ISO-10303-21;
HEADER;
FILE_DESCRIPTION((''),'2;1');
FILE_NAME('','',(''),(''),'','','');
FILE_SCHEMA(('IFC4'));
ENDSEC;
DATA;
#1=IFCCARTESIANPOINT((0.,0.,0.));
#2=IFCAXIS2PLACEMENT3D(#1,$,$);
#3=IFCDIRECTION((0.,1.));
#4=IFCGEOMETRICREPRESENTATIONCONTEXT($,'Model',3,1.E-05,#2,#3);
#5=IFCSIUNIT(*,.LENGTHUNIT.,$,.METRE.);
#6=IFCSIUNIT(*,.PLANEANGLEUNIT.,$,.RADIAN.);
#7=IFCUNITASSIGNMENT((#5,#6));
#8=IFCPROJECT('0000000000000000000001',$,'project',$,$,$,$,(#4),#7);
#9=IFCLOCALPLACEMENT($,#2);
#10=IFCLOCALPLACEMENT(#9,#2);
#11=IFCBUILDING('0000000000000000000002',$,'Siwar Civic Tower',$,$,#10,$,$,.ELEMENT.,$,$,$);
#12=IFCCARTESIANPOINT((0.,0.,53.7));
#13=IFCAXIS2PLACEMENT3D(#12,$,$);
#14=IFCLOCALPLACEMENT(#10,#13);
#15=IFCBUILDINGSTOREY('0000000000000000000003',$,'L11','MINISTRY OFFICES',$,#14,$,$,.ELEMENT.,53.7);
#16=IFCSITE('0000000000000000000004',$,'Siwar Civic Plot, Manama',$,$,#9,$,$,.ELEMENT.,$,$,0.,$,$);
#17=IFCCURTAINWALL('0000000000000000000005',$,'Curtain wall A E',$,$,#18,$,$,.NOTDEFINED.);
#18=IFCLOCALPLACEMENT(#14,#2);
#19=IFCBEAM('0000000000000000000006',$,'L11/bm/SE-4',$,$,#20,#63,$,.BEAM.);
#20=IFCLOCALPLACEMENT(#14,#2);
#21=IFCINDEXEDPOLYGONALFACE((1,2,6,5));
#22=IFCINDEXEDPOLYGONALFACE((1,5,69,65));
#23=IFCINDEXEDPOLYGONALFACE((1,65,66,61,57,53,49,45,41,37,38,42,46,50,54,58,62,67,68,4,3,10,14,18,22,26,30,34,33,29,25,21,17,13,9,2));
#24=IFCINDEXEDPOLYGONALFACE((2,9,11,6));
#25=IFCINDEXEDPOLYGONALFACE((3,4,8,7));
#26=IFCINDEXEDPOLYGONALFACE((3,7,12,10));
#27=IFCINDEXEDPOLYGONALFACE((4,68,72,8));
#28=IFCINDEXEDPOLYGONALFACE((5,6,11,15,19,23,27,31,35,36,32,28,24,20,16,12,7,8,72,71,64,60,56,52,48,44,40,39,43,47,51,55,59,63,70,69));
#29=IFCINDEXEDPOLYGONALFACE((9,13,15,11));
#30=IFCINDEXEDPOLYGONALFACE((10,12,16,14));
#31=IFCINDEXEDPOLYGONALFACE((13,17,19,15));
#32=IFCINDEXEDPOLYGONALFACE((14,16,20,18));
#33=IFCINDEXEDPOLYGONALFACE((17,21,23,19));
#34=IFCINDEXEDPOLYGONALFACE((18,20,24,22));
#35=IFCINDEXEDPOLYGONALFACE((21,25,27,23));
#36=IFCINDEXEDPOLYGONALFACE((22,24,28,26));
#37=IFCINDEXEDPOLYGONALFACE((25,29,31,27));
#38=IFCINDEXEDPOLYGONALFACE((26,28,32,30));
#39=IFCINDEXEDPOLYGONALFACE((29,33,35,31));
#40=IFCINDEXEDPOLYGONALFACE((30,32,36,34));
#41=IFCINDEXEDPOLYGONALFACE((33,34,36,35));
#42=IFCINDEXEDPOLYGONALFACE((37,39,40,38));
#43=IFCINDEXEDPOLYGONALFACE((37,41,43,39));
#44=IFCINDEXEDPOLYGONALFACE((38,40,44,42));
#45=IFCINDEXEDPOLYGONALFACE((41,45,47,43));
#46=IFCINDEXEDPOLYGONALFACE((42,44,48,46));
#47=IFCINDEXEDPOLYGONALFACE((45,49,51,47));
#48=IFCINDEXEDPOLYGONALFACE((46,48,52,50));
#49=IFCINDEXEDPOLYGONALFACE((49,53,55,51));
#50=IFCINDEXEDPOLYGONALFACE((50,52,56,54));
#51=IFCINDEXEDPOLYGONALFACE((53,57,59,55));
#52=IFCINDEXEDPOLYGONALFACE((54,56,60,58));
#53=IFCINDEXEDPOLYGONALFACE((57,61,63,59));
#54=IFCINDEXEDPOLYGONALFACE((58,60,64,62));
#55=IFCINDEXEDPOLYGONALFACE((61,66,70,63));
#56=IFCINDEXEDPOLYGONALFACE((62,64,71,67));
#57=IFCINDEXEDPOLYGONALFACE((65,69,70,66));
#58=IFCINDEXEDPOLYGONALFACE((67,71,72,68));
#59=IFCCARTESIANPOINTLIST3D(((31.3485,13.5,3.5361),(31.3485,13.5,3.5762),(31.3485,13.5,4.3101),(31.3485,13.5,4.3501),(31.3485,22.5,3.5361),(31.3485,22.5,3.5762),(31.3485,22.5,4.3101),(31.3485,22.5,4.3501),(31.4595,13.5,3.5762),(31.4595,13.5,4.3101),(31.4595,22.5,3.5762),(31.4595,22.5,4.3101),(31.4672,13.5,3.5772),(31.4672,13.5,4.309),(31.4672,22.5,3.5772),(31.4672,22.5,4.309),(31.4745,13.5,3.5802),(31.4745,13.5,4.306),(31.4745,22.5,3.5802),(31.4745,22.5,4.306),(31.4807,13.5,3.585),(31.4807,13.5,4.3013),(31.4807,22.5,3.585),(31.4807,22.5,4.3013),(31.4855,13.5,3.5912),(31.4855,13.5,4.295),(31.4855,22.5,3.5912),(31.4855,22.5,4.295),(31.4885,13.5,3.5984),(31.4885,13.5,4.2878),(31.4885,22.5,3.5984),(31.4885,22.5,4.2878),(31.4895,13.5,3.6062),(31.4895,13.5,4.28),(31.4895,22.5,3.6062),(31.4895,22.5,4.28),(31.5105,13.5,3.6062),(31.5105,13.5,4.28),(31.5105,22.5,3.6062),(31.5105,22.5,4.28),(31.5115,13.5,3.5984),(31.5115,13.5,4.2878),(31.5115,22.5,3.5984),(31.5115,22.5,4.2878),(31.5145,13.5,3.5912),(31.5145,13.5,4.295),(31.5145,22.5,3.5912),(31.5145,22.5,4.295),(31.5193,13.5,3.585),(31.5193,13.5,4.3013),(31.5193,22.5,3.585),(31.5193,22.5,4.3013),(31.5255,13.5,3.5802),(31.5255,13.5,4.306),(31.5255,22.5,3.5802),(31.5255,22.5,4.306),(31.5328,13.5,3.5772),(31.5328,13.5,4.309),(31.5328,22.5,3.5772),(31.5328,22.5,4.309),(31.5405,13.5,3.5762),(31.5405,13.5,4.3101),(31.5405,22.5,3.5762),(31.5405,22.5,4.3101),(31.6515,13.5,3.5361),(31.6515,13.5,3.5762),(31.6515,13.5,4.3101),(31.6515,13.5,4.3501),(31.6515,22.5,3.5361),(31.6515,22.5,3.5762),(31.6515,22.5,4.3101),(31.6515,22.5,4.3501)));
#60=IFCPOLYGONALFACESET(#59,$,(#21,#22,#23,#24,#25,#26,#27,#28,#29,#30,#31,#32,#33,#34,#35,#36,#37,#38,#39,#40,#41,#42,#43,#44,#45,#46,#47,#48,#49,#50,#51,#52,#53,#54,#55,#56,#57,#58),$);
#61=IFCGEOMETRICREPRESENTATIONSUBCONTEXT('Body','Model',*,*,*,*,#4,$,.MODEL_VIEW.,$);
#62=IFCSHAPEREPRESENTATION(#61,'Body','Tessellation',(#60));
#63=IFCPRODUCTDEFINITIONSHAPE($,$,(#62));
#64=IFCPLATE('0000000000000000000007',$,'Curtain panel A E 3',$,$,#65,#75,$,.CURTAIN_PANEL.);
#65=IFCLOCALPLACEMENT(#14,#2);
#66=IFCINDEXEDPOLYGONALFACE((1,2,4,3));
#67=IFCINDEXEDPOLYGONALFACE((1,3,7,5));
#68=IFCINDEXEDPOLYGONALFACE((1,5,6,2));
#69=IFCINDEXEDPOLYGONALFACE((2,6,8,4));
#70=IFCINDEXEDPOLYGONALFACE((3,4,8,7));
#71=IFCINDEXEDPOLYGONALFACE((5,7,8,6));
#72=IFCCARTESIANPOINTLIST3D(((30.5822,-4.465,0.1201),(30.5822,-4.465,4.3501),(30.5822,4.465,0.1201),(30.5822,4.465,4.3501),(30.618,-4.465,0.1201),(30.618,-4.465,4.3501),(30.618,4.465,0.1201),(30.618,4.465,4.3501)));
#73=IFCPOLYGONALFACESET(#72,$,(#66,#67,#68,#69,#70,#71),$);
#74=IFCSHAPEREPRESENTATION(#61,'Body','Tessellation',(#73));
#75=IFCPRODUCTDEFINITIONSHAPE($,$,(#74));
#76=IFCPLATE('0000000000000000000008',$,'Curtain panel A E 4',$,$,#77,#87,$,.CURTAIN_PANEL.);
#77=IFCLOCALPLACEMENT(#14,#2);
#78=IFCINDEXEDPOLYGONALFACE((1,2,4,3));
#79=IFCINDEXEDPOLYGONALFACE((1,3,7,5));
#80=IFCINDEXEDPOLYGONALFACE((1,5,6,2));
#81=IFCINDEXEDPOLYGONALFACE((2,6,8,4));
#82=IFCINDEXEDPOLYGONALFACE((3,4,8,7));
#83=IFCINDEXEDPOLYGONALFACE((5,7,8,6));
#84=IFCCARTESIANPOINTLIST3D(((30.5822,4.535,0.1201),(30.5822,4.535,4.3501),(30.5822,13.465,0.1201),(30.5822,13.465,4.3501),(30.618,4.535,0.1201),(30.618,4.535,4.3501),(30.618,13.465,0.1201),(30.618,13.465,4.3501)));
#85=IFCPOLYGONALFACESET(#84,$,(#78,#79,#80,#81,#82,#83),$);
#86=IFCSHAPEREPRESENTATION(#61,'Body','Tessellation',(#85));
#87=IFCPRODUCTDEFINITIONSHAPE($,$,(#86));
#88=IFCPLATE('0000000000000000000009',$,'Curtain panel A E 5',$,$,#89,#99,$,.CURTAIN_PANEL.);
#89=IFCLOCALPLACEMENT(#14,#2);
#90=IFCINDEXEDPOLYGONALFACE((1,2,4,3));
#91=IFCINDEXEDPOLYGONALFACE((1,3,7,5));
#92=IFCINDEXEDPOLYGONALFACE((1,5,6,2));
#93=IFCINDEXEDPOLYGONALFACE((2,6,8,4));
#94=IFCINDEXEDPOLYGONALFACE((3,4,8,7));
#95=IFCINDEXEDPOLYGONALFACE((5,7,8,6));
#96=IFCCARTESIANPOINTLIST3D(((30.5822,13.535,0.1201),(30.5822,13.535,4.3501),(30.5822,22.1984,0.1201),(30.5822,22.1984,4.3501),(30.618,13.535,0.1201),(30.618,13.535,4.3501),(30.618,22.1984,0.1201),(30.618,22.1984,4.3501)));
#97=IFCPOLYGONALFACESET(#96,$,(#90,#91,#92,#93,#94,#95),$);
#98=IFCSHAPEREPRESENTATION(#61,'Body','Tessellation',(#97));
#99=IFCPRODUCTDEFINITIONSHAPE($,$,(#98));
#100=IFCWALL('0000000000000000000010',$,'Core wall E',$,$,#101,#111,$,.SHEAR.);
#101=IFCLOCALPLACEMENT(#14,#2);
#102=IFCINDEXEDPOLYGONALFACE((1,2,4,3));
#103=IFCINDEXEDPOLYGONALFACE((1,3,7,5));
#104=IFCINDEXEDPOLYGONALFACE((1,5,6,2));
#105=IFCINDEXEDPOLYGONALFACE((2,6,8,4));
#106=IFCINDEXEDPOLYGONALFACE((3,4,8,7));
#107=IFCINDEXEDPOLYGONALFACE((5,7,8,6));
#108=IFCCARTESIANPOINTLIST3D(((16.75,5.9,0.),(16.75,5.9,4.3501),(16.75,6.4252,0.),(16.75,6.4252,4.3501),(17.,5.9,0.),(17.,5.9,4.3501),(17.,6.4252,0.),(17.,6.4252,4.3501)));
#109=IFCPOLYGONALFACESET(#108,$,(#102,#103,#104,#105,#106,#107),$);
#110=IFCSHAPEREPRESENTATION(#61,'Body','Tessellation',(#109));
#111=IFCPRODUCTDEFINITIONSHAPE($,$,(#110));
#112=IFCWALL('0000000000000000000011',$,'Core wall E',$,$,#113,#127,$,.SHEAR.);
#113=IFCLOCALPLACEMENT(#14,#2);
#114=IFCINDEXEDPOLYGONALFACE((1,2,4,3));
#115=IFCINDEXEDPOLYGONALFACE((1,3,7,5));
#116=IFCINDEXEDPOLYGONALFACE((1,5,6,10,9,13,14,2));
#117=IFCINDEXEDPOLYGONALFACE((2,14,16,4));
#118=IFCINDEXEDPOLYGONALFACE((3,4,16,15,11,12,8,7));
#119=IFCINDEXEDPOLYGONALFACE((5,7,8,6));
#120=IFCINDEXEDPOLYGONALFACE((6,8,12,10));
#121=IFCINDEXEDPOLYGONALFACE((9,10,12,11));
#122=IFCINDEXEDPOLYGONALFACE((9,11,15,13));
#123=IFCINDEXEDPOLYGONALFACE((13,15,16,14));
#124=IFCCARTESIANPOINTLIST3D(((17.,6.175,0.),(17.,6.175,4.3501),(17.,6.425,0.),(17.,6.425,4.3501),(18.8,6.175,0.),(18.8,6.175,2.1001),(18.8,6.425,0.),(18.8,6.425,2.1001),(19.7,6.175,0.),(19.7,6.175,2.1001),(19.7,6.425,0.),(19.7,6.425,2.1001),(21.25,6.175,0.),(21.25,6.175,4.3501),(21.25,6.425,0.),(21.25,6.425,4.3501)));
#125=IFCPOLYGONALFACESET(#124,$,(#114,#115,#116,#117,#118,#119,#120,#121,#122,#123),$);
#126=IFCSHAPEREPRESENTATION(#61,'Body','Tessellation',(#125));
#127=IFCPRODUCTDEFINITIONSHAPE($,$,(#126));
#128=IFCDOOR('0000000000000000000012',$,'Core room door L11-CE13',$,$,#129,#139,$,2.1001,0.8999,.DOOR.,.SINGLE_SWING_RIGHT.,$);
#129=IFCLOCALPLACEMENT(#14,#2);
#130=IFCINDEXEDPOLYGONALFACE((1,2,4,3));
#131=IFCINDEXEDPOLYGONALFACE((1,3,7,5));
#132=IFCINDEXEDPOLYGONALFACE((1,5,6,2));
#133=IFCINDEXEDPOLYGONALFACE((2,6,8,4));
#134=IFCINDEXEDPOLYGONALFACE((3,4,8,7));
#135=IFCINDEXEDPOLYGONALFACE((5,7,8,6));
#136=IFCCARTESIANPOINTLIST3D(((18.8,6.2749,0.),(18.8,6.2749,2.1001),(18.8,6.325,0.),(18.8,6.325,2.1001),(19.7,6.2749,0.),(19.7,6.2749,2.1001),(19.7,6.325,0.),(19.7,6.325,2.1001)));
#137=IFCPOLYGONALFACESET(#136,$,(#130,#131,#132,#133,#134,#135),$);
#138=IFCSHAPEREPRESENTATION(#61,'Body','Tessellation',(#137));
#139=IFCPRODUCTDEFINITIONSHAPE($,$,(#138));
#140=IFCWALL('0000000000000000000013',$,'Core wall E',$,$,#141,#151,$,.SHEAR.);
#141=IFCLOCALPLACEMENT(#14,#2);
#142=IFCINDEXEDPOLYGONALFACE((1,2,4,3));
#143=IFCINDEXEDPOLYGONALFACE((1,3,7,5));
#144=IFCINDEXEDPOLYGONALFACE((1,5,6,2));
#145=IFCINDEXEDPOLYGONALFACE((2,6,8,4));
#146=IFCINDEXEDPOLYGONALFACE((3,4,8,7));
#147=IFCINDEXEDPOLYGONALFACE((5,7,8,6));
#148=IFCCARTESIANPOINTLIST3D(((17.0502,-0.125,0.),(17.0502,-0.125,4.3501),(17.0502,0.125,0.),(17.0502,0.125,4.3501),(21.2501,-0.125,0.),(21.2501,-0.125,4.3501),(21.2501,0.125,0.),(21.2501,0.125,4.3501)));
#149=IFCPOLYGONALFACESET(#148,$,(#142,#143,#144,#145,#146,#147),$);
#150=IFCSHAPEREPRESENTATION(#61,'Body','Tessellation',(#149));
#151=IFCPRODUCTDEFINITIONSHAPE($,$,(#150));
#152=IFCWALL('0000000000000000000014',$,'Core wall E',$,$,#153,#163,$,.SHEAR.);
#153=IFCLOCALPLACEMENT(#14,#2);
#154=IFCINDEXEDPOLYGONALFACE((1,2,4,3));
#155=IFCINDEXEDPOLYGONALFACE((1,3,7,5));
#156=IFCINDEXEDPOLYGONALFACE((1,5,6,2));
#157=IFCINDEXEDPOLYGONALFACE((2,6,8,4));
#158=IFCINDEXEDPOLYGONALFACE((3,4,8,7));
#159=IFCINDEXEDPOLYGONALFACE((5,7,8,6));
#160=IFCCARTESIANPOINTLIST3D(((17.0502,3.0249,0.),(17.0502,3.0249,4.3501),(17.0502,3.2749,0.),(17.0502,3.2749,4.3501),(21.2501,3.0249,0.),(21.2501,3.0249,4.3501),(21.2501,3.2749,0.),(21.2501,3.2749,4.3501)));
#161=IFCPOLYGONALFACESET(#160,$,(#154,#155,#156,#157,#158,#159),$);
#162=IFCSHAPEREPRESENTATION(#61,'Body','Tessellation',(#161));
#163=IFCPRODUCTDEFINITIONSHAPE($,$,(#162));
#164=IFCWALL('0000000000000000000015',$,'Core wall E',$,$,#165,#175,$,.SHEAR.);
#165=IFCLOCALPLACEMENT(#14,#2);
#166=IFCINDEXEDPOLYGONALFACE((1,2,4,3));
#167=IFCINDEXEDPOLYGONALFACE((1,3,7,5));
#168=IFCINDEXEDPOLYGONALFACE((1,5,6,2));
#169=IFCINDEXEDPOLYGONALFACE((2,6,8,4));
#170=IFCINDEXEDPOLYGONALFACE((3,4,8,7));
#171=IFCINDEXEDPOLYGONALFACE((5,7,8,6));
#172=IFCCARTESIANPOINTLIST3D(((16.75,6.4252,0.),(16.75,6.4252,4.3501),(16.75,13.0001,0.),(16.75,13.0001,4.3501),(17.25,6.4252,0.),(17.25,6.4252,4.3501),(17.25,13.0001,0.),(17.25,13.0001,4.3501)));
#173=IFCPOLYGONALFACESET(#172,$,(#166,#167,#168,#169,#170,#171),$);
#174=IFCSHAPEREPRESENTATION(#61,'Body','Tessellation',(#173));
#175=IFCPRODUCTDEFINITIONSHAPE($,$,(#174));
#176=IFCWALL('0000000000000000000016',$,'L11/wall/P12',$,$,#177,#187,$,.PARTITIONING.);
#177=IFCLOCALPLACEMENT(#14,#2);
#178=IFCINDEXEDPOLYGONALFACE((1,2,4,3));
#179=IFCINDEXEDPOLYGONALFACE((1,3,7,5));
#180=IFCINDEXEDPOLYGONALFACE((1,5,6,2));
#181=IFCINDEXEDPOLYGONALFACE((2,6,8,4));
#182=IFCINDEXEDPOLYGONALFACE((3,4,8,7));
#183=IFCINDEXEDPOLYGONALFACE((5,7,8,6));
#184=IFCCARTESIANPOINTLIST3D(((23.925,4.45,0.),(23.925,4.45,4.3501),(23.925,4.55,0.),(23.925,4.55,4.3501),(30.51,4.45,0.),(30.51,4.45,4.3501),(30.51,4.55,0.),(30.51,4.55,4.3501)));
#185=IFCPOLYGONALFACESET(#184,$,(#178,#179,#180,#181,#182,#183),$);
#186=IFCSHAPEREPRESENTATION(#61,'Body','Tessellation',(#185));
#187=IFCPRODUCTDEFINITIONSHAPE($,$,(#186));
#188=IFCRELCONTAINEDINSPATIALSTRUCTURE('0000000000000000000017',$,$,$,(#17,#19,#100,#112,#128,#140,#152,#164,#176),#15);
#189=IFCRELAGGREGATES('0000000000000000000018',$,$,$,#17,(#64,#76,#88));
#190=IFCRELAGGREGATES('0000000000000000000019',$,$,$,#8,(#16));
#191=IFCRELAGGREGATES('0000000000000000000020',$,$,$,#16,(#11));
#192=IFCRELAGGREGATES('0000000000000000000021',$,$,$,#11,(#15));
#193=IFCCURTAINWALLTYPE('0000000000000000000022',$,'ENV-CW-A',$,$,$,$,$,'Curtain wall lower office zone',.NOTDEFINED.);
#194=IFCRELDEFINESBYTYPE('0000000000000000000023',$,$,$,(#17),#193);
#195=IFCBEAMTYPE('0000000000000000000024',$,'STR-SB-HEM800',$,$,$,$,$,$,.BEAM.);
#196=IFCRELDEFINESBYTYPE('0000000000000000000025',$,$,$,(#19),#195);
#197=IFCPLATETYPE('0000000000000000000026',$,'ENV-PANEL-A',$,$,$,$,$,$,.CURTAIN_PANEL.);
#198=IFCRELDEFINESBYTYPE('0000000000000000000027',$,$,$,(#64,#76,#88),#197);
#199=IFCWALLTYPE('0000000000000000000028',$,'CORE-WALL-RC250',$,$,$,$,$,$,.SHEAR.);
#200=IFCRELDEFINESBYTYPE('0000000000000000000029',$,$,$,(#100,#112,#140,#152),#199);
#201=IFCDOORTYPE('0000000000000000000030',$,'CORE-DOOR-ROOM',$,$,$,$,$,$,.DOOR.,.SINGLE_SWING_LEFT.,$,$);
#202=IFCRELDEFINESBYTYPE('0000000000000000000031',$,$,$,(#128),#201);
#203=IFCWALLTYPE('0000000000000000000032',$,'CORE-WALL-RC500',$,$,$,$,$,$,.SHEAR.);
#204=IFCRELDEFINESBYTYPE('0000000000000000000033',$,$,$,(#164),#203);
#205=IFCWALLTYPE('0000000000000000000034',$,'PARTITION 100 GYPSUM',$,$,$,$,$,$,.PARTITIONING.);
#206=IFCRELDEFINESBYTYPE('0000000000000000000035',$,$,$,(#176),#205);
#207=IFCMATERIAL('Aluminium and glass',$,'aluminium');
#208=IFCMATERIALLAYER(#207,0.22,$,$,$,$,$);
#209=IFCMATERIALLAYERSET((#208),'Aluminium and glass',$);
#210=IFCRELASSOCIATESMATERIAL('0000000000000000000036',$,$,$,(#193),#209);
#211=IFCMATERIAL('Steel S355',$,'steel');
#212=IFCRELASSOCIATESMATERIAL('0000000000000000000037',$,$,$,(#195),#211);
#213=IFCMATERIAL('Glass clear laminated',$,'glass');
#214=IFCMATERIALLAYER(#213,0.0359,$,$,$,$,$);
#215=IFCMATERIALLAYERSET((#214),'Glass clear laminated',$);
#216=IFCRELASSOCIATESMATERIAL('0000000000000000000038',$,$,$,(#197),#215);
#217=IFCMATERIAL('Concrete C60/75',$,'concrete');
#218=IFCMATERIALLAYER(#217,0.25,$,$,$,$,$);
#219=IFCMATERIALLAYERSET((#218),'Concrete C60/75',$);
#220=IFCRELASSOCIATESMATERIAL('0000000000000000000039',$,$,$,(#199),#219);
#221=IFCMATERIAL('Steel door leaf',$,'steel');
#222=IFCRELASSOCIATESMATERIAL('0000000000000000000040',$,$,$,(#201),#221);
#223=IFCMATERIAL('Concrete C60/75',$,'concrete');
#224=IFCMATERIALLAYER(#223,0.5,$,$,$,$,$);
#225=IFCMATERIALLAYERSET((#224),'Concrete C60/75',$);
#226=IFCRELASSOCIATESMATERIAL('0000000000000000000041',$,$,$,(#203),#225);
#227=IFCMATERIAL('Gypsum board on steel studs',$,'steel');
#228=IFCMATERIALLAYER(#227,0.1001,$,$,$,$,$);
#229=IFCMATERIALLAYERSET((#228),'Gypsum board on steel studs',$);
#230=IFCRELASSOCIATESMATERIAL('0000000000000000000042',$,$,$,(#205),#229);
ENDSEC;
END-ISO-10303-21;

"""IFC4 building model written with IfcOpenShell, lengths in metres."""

from ifc_helpers import new_model, si_unit, direction, frame, frame_2d, origin, origin_2d, place, context, subcontext, project, spatial, rectangle, i_section, extrude, material, layer, layer_set, material_profile, profile_set, type_object, element, fill, aggregate, save


model = new_model("IFC4")

# Units and contexts
model_context = context("Model", 3, precision=1e-05, world=origin(), true_north=direction((0.0, 1.0)))
body_context = subcontext(model_context, "Body", "Model", "MODEL_VIEW")
ifc_project = project(units=[si_unit("LENGTHUNIT", "METRE"), si_unit("PLANEANGLEUNIT", "RADIAN")], contexts=[model_context])

# Site, building, storey
site_placement = place(None, origin())
site = spatial("IfcSite", under=ifc_project, at=site_placement, Name="Siwar Civic Plot, Manama", CompositionType="ELEMENT", RefElevation=0.0)
building_placement = place(site_placement, origin())
building = spatial("IfcBuilding", under=site, at=building_placement, Name="Siwar Civic Tower", CompositionType="ELEMENT")
storey_placement = place(building_placement, frame((0.0, 0.0, 53.7)))
storey = spatial("IfcBuildingStorey", under=building, at=storey_placement, Name="L11", Description="MINISTRY OFFICES", CompositionType="ELEMENT", Elevation=53.7)

# Curtain wall
ifc_material_1 = material(Name="Aluminium and glass", Category="aluminium")
ifc_layer_1 = layer(ifc_material_1, 0.22)
ifc_layer_set_1 = layer_set([ifc_layer_1], Name="Aluminium and glass")
curtain_wall_type = type_object("IfcCurtainWallType", Name="ENV-CW-A", ElementType="Curtain wall lower office zone", PredefinedType="NOTDEFINED", material=ifc_layer_set_1)
curtain_wall_placement = place(storey_placement, origin())
curtain_wall = element("IfcCurtainWall", 1, at=curtain_wall_placement, inside=storey, type_object=curtain_wall_type, Name="Curtain wall A E", PredefinedType="NOTDEFINED")

# Beam
ifc_material_2 = material(Name="Steel S355", Category="steel")
ifc_material_profile_1 = material_profile(ifc_material_2, i_section(OverallWidth=0.303, OverallDepth=0.814, WebThickness=0.021, FlangeThickness=0.04, FilletRadius=0.03, at=origin_2d()), Name="HEM800")
ifc_profile_set_1 = profile_set([ifc_material_profile_1], Name="Steel S355")
beam_type_1 = type_object("IfcBeamType", Name="STR-SB-HEM800", PredefinedType="BEAM", material=ifc_profile_set_1)
for number, where, z_axis, x_axis, name in (
    (2, (31.5, 13.5, 3.9431), (0.0, 1.0, 0.0), (-1.0, 0.0, 0.0), "L11/bm/SE-4"),
):
    element("IfcBeam", number, at=place(storey_placement, frame(where, z_axis=z_axis, x_axis=x_axis)), inside=storey, type_object=beam_type_1, Name=name, PredefinedType="BEAM", context=body_context, shape_type="SweptSolid", body=[
        extrude(i_section(OverallWidth=0.303, OverallDepth=0.814, WebThickness=0.021, FlangeThickness=0.04, FilletRadius=0.03, at=origin_2d()), origin(), (0.0, 0.0, 1.0), 9.0),
    ])

# Plates
ifc_material_3 = material(Name="Glass clear laminated", Category="glass")
ifc_layer_2 = layer(ifc_material_3, 0.0359)
ifc_layer_set_2 = layer_set([ifc_layer_2], Name="Glass clear laminated")
plate_type = type_object("IfcPlateType", Name="ENV-PANEL-A", PredefinedType="CURTAIN_PANEL", material=ifc_layer_set_2)
plate_1_placement = place(storey_placement, frame((30.6001, 0.0, 0.1201), z_axis=(0.0, 0.0, 1.0), x_axis=(0.0, 1.0, 0.0)))
plate_1 = element("IfcPlate", 3, at=plate_1_placement, type_object=plate_type, Name="Curtain panel A E 3", PredefinedType="CURTAIN_PANEL", context=body_context, shape_type="SweptSolid", body=[
    extrude(rectangle(XDim=8.9299, YDim=0.0359, at=origin_2d()), origin(), (0.0, 0.0, 1.0), 4.23),
])
plate_2_placement = place(storey_placement, frame((30.6001, 9.0, 0.1201), z_axis=(0.0, 0.0, 1.0), x_axis=(0.0, 1.0, 0.0)))
plate_2 = element("IfcPlate", 4, at=plate_2_placement, type_object=plate_type, Name="Curtain panel A E 4", PredefinedType="CURTAIN_PANEL", context=body_context, shape_type="SweptSolid", body=[
    extrude(rectangle(XDim=8.9299, YDim=0.0359, at=origin_2d()), origin(), (0.0, 0.0, 1.0), 4.23),
])
plate_3_placement = place(storey_placement, frame((30.6001, 17.8667, 0.1201), z_axis=(0.0, 0.0, 1.0), x_axis=(0.0, 1.0, 0.0)))
plate_3 = element("IfcPlate", 5, at=plate_3_placement, type_object=plate_type, Name="Curtain panel A E 5", PredefinedType="CURTAIN_PANEL", context=body_context, shape_type="SweptSolid", body=[
    extrude(rectangle(XDim=8.6633, YDim=0.0359, at=origin_2d()), origin(), (0.0, 0.0, 1.0), 4.23),
])
aggregate(curtain_wall, [plate_1, plate_2, plate_3])

# Wall
ifc_material_4 = material(Name="Concrete C60/75", Category="concrete")
ifc_layer_3 = layer(ifc_material_4, 0.25)
ifc_layer_set_3 = layer_set([ifc_layer_3], Name="Concrete C60/75")
wall_type_1 = type_object("IfcWallType", Name="CORE-WALL-RC250", PredefinedType="SHEAR", material=ifc_layer_set_3)
wall_1_placement = place(storey_placement, frame((16.875, 5.8999, 0.0), z_axis=(0.0, 0.0, 1.0), x_axis=(0.0, 1.0, 0.0)))
element("IfcWall", 6, at=wall_1_placement, inside=storey, type_object=wall_type_1, Name="Core wall E", PredefinedType="SHEAR", context=body_context, shape_type="SweptSolid", body=[
    extrude(rectangle(XDim=0.5251, YDim=0.25, at=frame_2d((0.2627, 0.0))), origin(), (0.0, 0.0, 1.0), 4.3501),
])

# Wall, opening, door
wall_2_placement = place(storey_placement, frame((17.0, 6.3, 0.0), z_axis=(0.0, 0.0, 1.0), x_axis=(1.0, 0.0, 0.0)))
wall_2 = element("IfcWall", 7, at=wall_2_placement, inside=storey, type_object=wall_type_1, Name="Core wall E", PredefinedType="SHEAR", context=body_context, shape_type="SweptSolid", body=[
    extrude(rectangle(XDim=4.25, YDim=0.25, at=frame_2d((2.125, 0.0))), origin(), (0.0, 0.0, 1.0), 4.3501),
])
opening_1_placement = place(wall_2_placement, frame((1.8, 0.0, 0.0)))
opening_1 = element("IfcOpeningElement", 8, at=opening_1_placement, cuts=wall_2, PredefinedType="OPENING", context=body_context, shape_type="SweptSolid", body=[
    extrude(rectangle(XDim=0.8999, YDim=2.1001, at=frame_2d((0.45, 1.05))), frame((0.0, 0.135, 0.0), z_axis=(0.0, -1.0, 0.0), x_axis=(1.0, 0.0, 0.0)), (0.0, 0.0, 1.0), 0.27),
])
ifc_material_5 = material(Name="Steel door leaf", Category="steel")
door_type_1 = type_object("IfcDoorType", Name="CORE-DOOR-ROOM", OperationType="SINGLE_SWING_LEFT", PredefinedType="DOOR", material=ifc_material_5)
door_1_placement = place(opening_1_placement, origin())
door_1 = element("IfcDoor", 9, at=door_1_placement, inside=storey, type_object=door_type_1, Name="Core room door L11-CE13", OperationType="SINGLE_SWING_RIGHT", OverallHeight=2.1001, OverallWidth=0.8999, PredefinedType="DOOR", context=body_context, shape_type="SweptSolid", body=[
    extrude(rectangle(XDim=0.8999, YDim=2.1001, at=frame_2d((0.45, 1.05))), frame((0.0, 0.0249, 0.0), z_axis=(0.0, -1.0, 0.0), x_axis=(1.0, 0.0, 0.0)), (0.0, 0.0, 1.0), 0.05),
])
fill(opening_1, door_1)

# Walls
for number, where, z_axis, x_axis, name in (
    (10, (17.05, 0.0, 0.0), (0.0, 0.0, 1.0), (1.0, 0.0, 0.0), "Core wall E"),
    (11, (17.05, 3.1499, 0.0), (0.0, 0.0, 1.0), (1.0, 0.0, 0.0), "Core wall E"),
):
    element("IfcWall", number, at=place(storey_placement, frame(where, z_axis=z_axis, x_axis=x_axis)), inside=storey, type_object=wall_type_1, Name=name, PredefinedType="SHEAR", context=body_context, shape_type="SweptSolid", body=[
        extrude(rectangle(XDim=4.2, YDim=0.25, at=frame_2d((2.1001, 0.0))), origin(), (0.0, 0.0, 1.0), 4.3501),
    ])
ifc_material_6 = material(Name="Concrete C60/75", Category="concrete")
ifc_layer_4 = layer(ifc_material_6, 0.5)
ifc_layer_set_4 = layer_set([ifc_layer_4], Name="Concrete C60/75")
wall_type_2 = type_object("IfcWallType", Name="CORE-WALL-RC500", PredefinedType="SHEAR", material=ifc_layer_set_4)
wall_3_placement = place(storey_placement, frame((17.0, 6.425, 0.0), z_axis=(0.0, 0.0, 1.0), x_axis=(0.0, 1.0, 0.0)))
element("IfcWall", 12, at=wall_3_placement, inside=storey, type_object=wall_type_2, Name="Core wall E", PredefinedType="SHEAR", context=body_context, shape_type="SweptSolid", body=[
    extrude(rectangle(XDim=6.575, YDim=0.5, at=frame_2d((3.2876, 0.0))), origin(), (0.0, 0.0, 1.0), 4.3501),
])
ifc_material_7 = material(Name="Gypsum board on steel studs", Category="steel")
ifc_layer_5 = layer(ifc_material_7, 0.1001)
ifc_layer_set_5 = layer_set([ifc_layer_5], Name="Gypsum board on steel studs")
wall_type_3 = type_object("IfcWallType", Name="PARTITION 100 GYPSUM", PredefinedType="PARTITIONING", material=ifc_layer_set_5)
wall_4_placement = place(storey_placement, frame((23.925, 4.5, 0.0), z_axis=(0.0, 0.0, 1.0), x_axis=(1.0, 0.0, 0.0)))
element("IfcWall", 13, at=wall_4_placement, inside=storey, type_object=wall_type_3, Name="L11/wall/P12", PredefinedType="PARTITIONING", context=body_context, shape_type="SweptSolid", body=[
    extrude(rectangle(XDim=6.585, YDim=0.1001, at=frame_2d((3.2925, 0.0))), origin(), (0.0, 0.0, 1.0), 4.3501),
])

save(model, "model.ifc")
